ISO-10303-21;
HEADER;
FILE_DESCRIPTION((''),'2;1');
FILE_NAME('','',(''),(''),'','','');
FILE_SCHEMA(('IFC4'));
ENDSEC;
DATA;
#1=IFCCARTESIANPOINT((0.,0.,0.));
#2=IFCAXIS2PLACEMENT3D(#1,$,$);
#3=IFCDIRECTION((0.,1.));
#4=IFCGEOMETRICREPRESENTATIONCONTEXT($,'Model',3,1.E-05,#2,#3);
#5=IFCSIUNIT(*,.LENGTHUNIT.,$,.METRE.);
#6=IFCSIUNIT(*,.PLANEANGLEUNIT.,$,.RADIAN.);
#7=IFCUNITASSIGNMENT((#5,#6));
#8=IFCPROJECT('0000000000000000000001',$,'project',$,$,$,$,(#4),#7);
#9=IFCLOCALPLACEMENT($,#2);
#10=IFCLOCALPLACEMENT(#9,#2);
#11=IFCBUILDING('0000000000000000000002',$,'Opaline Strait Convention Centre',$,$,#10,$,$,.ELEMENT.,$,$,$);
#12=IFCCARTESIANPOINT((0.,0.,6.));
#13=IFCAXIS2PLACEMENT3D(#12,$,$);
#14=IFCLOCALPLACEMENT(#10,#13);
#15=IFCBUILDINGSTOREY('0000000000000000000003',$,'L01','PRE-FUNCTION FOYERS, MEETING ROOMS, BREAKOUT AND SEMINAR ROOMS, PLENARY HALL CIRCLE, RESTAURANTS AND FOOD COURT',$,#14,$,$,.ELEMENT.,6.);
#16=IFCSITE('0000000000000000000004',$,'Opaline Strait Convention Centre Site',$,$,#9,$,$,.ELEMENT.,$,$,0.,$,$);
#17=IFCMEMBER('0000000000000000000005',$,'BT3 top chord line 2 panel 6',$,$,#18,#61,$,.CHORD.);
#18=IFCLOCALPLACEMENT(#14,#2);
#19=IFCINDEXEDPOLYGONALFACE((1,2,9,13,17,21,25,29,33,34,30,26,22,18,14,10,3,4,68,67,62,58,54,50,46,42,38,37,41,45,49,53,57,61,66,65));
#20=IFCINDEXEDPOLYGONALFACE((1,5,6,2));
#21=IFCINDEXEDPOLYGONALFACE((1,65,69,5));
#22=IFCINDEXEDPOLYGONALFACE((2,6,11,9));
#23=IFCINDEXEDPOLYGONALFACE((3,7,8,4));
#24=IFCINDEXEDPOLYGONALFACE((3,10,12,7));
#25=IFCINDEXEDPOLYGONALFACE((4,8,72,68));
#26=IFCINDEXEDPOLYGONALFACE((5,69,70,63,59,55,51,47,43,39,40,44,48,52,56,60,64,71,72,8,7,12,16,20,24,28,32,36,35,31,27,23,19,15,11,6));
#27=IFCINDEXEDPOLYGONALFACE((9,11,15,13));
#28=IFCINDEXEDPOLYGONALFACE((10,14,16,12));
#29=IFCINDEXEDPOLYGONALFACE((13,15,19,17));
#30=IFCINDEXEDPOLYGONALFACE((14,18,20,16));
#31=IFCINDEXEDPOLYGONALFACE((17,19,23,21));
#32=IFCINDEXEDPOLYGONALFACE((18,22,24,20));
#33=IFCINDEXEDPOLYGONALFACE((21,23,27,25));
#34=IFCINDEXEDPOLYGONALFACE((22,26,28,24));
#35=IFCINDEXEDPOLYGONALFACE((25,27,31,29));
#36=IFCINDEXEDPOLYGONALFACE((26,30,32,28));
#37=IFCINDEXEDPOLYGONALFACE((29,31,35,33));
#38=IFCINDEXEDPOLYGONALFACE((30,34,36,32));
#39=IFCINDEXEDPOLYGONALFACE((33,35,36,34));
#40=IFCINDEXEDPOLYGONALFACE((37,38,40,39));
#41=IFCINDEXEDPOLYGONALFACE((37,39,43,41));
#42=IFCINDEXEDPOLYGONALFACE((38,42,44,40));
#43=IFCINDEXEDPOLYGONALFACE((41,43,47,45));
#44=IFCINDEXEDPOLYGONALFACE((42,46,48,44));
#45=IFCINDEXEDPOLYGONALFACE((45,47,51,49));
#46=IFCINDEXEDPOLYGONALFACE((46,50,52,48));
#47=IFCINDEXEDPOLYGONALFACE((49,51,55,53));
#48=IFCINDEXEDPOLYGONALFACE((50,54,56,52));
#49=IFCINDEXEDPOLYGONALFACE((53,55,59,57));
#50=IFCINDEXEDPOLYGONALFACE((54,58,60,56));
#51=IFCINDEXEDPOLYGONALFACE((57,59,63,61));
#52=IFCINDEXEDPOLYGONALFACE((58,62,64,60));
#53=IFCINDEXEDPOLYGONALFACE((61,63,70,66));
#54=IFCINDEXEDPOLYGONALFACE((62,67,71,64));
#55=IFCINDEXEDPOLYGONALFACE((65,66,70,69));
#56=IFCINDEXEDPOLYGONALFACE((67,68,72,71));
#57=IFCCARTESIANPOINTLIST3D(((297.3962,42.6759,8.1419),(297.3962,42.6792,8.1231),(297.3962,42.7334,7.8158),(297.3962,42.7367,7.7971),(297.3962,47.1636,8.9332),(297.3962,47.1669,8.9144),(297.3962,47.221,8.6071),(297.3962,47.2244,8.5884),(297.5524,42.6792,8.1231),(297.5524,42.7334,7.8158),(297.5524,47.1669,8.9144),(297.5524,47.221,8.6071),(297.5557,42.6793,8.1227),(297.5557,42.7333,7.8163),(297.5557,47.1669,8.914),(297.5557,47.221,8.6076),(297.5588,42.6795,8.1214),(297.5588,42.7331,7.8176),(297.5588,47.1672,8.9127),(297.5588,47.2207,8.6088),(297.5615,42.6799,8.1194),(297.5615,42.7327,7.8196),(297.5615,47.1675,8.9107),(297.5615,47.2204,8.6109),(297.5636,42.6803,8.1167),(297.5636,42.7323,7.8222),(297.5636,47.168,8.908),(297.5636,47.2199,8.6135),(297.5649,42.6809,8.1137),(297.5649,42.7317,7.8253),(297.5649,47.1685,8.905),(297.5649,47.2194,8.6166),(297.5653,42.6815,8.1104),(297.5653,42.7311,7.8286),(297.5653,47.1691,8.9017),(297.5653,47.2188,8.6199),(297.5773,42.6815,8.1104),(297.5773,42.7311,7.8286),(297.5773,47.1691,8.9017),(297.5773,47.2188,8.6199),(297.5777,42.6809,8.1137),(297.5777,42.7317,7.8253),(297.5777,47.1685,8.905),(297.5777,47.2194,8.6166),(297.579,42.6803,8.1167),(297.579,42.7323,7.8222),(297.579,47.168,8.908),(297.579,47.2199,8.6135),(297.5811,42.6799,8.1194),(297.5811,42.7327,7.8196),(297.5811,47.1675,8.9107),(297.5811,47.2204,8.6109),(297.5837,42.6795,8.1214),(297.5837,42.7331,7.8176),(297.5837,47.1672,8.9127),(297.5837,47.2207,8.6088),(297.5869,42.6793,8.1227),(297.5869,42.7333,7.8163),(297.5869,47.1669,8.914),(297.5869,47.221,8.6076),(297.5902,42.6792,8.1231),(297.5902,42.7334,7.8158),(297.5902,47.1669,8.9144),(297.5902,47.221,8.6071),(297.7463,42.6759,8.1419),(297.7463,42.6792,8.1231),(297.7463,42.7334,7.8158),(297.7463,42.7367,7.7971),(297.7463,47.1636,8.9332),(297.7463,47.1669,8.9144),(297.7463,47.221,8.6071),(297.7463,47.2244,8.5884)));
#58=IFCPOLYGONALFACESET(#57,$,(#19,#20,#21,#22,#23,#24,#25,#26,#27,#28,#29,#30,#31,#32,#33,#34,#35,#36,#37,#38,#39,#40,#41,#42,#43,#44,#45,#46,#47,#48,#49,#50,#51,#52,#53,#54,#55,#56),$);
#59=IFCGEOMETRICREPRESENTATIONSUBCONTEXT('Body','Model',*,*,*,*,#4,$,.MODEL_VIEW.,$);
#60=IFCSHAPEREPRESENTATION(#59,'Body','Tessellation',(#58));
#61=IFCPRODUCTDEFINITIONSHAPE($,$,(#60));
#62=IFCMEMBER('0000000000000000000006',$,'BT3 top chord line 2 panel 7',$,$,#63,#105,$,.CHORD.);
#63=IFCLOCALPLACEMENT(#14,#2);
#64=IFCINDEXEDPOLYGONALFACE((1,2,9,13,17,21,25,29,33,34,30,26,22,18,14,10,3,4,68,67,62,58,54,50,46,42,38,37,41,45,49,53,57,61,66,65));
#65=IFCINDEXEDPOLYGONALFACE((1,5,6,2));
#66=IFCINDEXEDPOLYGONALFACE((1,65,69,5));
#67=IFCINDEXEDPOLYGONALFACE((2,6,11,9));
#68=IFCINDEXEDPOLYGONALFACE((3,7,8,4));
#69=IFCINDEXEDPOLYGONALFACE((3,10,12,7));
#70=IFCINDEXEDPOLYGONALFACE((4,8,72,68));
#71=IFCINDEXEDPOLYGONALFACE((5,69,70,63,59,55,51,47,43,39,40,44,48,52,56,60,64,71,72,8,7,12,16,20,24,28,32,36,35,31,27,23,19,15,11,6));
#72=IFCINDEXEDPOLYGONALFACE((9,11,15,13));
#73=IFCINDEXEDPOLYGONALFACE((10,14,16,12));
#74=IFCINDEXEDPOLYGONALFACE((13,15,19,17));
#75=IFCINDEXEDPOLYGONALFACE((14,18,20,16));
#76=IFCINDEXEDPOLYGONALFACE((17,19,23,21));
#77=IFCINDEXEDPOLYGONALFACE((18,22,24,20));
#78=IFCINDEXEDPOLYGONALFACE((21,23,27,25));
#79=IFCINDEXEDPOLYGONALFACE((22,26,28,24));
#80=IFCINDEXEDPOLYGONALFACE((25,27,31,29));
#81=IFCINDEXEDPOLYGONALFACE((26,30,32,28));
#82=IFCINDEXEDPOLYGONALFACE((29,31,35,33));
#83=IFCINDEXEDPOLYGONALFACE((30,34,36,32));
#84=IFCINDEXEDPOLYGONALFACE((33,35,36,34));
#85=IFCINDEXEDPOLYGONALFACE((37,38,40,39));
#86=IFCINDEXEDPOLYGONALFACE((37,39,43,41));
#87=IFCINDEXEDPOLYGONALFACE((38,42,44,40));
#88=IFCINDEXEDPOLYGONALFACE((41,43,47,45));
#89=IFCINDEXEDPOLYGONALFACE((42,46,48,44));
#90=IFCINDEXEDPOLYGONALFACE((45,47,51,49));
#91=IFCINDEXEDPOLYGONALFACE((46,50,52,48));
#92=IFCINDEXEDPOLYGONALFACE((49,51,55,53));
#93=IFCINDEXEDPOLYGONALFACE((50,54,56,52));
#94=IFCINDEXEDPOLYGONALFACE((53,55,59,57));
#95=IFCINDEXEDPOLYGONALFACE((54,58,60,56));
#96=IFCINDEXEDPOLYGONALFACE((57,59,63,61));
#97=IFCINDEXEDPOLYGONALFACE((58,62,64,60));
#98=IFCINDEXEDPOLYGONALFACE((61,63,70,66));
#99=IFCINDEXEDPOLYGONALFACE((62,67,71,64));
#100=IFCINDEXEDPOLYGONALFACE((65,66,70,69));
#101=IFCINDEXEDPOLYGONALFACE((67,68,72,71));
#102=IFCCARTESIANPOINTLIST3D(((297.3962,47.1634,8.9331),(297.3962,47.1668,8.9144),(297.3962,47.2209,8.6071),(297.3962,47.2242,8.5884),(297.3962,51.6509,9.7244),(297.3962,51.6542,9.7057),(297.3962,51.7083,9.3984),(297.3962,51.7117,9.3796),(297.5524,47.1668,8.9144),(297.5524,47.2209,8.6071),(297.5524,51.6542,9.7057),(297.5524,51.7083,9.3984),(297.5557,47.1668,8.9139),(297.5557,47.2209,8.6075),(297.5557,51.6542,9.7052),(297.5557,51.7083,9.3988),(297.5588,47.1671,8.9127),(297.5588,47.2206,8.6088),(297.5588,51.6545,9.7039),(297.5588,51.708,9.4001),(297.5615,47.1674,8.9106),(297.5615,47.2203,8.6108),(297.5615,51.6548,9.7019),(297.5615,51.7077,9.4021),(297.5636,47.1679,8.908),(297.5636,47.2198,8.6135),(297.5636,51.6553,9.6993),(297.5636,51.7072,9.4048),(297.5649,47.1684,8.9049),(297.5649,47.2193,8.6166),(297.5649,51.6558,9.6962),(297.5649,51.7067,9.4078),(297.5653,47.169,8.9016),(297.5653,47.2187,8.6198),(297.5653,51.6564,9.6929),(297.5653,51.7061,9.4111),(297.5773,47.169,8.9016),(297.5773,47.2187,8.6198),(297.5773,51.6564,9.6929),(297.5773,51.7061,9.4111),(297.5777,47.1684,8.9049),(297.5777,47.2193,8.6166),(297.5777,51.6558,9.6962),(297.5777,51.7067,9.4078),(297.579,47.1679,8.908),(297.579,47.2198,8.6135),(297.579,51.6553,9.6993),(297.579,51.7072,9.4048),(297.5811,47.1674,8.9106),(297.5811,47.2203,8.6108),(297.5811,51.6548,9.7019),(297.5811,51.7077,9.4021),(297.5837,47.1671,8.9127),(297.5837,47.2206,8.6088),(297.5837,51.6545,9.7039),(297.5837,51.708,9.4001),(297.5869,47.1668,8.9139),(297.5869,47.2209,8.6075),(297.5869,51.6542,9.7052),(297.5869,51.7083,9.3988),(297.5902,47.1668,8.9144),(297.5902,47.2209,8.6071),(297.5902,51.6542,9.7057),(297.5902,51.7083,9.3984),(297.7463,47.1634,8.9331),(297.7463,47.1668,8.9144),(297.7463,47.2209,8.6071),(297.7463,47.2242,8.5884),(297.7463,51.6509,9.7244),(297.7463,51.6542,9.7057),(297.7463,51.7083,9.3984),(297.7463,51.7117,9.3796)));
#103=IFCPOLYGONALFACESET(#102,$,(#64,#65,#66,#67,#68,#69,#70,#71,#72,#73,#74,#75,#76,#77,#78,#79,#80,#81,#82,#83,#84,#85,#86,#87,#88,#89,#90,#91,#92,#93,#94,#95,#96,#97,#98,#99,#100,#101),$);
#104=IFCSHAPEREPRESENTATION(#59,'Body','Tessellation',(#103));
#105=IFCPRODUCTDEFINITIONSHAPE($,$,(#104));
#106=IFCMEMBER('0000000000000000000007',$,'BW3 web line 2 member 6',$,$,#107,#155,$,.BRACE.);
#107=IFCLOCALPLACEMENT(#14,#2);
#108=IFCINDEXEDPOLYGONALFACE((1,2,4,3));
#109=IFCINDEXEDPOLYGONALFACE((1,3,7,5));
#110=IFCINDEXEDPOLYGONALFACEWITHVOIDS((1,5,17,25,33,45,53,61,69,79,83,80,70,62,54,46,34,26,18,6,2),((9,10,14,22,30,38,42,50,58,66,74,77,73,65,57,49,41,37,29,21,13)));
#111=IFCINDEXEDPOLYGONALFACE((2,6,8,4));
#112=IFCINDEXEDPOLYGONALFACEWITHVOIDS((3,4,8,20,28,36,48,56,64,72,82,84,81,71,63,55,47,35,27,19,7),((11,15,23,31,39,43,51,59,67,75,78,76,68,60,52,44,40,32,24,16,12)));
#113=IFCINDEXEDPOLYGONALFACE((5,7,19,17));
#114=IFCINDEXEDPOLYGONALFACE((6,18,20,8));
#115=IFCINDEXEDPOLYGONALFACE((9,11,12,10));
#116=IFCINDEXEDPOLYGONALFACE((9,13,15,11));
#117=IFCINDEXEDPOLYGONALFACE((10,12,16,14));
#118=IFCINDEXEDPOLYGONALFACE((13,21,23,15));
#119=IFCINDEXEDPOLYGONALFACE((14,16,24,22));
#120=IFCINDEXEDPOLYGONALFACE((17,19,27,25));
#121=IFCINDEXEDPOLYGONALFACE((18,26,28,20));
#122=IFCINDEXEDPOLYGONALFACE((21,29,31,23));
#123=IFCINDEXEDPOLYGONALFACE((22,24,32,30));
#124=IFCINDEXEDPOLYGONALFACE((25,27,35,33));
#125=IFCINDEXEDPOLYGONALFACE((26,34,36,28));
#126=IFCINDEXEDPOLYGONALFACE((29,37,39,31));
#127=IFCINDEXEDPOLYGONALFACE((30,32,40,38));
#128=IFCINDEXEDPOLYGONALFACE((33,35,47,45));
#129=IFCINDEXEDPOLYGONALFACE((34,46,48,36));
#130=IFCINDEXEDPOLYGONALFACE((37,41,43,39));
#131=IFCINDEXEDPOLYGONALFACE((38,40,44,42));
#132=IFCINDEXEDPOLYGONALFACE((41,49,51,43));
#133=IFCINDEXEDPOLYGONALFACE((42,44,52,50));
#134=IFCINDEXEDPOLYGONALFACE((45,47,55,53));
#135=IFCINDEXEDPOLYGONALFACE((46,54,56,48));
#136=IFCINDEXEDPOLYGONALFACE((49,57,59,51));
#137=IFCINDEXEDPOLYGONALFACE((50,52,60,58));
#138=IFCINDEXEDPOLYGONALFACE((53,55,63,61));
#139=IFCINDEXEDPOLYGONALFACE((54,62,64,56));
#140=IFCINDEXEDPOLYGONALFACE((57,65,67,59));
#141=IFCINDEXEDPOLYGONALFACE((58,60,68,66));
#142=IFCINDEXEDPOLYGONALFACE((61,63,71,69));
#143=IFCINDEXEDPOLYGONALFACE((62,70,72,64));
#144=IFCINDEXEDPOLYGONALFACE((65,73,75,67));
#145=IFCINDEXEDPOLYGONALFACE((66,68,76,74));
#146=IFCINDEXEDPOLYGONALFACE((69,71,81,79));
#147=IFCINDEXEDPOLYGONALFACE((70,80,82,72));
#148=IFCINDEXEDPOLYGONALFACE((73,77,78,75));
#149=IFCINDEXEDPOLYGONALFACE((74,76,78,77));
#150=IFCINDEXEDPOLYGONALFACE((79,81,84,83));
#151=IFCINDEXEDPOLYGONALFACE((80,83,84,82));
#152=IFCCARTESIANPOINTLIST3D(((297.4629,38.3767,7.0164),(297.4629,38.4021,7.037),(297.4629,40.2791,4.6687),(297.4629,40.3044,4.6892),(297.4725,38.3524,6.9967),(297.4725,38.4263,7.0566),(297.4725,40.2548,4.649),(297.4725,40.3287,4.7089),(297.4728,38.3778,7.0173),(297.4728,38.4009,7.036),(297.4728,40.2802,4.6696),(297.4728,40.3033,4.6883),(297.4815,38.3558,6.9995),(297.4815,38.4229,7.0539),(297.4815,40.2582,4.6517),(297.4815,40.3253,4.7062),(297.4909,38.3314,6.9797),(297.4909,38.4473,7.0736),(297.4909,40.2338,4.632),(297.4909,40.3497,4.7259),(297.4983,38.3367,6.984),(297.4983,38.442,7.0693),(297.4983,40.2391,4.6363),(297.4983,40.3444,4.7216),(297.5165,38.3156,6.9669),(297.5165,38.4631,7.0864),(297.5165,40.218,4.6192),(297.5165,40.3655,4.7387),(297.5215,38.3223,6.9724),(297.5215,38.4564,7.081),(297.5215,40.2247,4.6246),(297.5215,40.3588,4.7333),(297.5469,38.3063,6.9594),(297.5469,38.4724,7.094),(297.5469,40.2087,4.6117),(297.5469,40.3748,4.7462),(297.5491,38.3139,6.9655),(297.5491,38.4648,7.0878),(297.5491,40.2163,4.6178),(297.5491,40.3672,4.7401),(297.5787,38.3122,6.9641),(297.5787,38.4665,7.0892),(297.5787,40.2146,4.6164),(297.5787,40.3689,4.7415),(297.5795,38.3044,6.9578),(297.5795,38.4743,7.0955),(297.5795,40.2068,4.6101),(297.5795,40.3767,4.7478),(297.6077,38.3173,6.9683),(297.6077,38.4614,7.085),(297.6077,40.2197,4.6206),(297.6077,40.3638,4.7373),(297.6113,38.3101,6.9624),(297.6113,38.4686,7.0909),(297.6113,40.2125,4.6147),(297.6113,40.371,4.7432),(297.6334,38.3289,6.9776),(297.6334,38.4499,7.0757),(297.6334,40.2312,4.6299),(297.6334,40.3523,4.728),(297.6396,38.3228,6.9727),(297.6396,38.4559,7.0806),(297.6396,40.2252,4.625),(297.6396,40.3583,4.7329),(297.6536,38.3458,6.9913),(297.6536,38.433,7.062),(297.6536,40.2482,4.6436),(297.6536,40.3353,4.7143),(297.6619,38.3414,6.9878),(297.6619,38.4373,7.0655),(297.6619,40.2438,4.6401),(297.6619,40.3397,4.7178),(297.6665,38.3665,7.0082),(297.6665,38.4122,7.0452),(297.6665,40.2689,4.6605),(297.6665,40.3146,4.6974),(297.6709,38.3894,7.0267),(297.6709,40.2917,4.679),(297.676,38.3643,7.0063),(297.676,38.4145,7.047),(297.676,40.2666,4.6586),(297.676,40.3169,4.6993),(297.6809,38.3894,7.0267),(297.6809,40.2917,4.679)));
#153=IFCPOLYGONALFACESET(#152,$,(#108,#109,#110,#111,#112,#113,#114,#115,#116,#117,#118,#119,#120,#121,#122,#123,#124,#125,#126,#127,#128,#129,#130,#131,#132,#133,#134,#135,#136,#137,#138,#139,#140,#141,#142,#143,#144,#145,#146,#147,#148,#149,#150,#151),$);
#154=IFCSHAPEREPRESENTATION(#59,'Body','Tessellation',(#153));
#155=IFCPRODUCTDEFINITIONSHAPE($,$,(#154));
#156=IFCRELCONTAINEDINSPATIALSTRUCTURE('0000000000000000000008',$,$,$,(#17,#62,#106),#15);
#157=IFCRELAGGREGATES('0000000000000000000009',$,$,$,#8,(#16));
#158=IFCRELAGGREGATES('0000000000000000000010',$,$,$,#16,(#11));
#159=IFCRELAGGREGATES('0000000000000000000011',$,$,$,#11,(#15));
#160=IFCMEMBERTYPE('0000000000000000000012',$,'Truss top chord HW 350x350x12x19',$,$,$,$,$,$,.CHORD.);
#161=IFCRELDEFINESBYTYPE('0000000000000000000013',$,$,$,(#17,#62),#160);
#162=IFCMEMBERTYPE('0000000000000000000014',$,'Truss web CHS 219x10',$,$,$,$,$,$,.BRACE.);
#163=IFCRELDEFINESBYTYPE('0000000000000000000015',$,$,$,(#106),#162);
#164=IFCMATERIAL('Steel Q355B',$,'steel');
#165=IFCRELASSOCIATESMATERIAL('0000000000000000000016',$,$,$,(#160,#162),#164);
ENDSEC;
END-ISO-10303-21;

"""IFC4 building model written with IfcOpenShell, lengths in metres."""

from ifc_helpers import new_model, si_unit, direction, frame, origin, origin_2d, place, context, subcontext, project, spatial, hollow_circle, i_section, extrude, material, material_profile, profile_set, type_object, element, save


model = new_model("IFC4")

# Units and contexts
model_context = context("Model", 3, precision=1e-05, world=origin(), true_north=direction((0.0, 1.0)))
body_context = subcontext(model_context, "Body", "Model", "MODEL_VIEW")
ifc_project = project(units=[si_unit("LENGTHUNIT", "METRE"), si_unit("PLANEANGLEUNIT", "RADIAN")], contexts=[model_context])

# Site, building, storey
site_placement = place(None, origin())
site = spatial("IfcSite", under=ifc_project, at=site_placement, Name="Opaline Strait Convention Centre Site", CompositionType="ELEMENT", RefElevation=0.0)
building_placement = place(site_placement, origin())
building = spatial("IfcBuilding", under=site, at=building_placement, Name="Opaline Strait Convention Centre", CompositionType="ELEMENT")
storey_placement = place(building_placement, frame((0.0, 0.0, 6.0)))
storey = spatial("IfcBuildingStorey", under=building, at=storey_placement, Name="L01", Description="PRE-FUNCTION FOYERS, MEETING ROOMS, BREAKOUT AND SEMINAR ROOMS, PLENARY HALL CIRCLE, RESTAURANTS AND FOOD COURT", CompositionType="ELEMENT", Elevation=6.0)

# Members
ifc_material_1 = material(Name="Steel Q355B", Category="steel")
ifc_material_profile_1 = material_profile(ifc_material_1, i_section(OverallWidth=0.3501, OverallDepth=0.3501, WebThickness=0.012, FlangeThickness=0.019, FilletRadius=0.0129, at=origin_2d()), Name="HW 350x350x12x19")
ifc_profile_set_1 = profile_set([ifc_material_profile_1], Name="Steel Q355B")
member_type_1 = type_object("IfcMemberType", Name="Truss top chord HW 350x350x12x19", PredefinedType="CHORD", material=ifc_profile_set_1)
for number, where, z_axis, x_axis, name in (
    (1, (297.5713, 42.7063, 7.9695), (0.0, 0.984808, 0.173645), (-1.0, 0.0, 0.0), "BT3 top chord line 2 panel 6"),
):
    element("IfcMember", number, at=place(storey_placement, frame(where, z_axis=z_axis, x_axis=x_axis)), inside=storey, type_object=member_type_1, Name=name, PredefinedType="CHORD", context=body_context, shape_type="SweptSolid", body=[
        extrude(i_section(OverallWidth=0.3501, OverallDepth=0.3501, WebThickness=0.012, FlangeThickness=0.019, FilletRadius=0.0129, at=origin_2d()), origin(), (0.0, 0.0, 1.0), 4.5569),
    ])
member_1_placement = place(storey_placement, frame((297.5713, 47.1938, 8.7607), z_axis=(0.0, 0.984807, 0.173654), x_axis=(-1.0, 0.0, 0.0)))
element("IfcMember", 2, at=member_1_placement, inside=storey, type_object=member_type_1, Name="BT3 top chord line 2 panel 7", PredefinedType="CHORD", context=body_context, shape_type="SweptSolid", body=[
    extrude(i_section(OverallWidth=0.3501, OverallDepth=0.3501, WebThickness=0.012, FlangeThickness=0.019, FilletRadius=0.0129, at=origin_2d()), origin(), (0.0, 0.0, 1.0), 4.5566),
])
ifc_material_profile_2 = material_profile(ifc_material_1, hollow_circle(Radius=0.1096, WallThickness=0.01, at=origin_2d()), Name="CHS 219x10")
ifc_profile_set_2 = profile_set([ifc_material_profile_2], Name="Steel Q355B")
member_type_2 = type_object("IfcMemberType", Name="Truss web CHS 219x10", PredefinedType="BRACE", material=ifc_profile_set_2)
member_2_placement = place(storey_placement, frame((297.5713, 40.2917, 4.679), z_axis=(0.0, -0.62957, 0.776944), x_axis=(1.0, 0.0, 0.0)))
element("IfcMember", 3, at=member_2_placement, inside=storey, type_object=member_type_2, Name="BW3 web line 2 member 6", PredefinedType="BRACE", context=body_context, shape_type="SweptSolid", body=[
    extrude(hollow_circle(Radius=0.1096, WallThickness=0.01, at=origin_2d()), origin(), (0.0, 0.0, 1.0), 3.0217),
])

save(model, "model.ifc")
